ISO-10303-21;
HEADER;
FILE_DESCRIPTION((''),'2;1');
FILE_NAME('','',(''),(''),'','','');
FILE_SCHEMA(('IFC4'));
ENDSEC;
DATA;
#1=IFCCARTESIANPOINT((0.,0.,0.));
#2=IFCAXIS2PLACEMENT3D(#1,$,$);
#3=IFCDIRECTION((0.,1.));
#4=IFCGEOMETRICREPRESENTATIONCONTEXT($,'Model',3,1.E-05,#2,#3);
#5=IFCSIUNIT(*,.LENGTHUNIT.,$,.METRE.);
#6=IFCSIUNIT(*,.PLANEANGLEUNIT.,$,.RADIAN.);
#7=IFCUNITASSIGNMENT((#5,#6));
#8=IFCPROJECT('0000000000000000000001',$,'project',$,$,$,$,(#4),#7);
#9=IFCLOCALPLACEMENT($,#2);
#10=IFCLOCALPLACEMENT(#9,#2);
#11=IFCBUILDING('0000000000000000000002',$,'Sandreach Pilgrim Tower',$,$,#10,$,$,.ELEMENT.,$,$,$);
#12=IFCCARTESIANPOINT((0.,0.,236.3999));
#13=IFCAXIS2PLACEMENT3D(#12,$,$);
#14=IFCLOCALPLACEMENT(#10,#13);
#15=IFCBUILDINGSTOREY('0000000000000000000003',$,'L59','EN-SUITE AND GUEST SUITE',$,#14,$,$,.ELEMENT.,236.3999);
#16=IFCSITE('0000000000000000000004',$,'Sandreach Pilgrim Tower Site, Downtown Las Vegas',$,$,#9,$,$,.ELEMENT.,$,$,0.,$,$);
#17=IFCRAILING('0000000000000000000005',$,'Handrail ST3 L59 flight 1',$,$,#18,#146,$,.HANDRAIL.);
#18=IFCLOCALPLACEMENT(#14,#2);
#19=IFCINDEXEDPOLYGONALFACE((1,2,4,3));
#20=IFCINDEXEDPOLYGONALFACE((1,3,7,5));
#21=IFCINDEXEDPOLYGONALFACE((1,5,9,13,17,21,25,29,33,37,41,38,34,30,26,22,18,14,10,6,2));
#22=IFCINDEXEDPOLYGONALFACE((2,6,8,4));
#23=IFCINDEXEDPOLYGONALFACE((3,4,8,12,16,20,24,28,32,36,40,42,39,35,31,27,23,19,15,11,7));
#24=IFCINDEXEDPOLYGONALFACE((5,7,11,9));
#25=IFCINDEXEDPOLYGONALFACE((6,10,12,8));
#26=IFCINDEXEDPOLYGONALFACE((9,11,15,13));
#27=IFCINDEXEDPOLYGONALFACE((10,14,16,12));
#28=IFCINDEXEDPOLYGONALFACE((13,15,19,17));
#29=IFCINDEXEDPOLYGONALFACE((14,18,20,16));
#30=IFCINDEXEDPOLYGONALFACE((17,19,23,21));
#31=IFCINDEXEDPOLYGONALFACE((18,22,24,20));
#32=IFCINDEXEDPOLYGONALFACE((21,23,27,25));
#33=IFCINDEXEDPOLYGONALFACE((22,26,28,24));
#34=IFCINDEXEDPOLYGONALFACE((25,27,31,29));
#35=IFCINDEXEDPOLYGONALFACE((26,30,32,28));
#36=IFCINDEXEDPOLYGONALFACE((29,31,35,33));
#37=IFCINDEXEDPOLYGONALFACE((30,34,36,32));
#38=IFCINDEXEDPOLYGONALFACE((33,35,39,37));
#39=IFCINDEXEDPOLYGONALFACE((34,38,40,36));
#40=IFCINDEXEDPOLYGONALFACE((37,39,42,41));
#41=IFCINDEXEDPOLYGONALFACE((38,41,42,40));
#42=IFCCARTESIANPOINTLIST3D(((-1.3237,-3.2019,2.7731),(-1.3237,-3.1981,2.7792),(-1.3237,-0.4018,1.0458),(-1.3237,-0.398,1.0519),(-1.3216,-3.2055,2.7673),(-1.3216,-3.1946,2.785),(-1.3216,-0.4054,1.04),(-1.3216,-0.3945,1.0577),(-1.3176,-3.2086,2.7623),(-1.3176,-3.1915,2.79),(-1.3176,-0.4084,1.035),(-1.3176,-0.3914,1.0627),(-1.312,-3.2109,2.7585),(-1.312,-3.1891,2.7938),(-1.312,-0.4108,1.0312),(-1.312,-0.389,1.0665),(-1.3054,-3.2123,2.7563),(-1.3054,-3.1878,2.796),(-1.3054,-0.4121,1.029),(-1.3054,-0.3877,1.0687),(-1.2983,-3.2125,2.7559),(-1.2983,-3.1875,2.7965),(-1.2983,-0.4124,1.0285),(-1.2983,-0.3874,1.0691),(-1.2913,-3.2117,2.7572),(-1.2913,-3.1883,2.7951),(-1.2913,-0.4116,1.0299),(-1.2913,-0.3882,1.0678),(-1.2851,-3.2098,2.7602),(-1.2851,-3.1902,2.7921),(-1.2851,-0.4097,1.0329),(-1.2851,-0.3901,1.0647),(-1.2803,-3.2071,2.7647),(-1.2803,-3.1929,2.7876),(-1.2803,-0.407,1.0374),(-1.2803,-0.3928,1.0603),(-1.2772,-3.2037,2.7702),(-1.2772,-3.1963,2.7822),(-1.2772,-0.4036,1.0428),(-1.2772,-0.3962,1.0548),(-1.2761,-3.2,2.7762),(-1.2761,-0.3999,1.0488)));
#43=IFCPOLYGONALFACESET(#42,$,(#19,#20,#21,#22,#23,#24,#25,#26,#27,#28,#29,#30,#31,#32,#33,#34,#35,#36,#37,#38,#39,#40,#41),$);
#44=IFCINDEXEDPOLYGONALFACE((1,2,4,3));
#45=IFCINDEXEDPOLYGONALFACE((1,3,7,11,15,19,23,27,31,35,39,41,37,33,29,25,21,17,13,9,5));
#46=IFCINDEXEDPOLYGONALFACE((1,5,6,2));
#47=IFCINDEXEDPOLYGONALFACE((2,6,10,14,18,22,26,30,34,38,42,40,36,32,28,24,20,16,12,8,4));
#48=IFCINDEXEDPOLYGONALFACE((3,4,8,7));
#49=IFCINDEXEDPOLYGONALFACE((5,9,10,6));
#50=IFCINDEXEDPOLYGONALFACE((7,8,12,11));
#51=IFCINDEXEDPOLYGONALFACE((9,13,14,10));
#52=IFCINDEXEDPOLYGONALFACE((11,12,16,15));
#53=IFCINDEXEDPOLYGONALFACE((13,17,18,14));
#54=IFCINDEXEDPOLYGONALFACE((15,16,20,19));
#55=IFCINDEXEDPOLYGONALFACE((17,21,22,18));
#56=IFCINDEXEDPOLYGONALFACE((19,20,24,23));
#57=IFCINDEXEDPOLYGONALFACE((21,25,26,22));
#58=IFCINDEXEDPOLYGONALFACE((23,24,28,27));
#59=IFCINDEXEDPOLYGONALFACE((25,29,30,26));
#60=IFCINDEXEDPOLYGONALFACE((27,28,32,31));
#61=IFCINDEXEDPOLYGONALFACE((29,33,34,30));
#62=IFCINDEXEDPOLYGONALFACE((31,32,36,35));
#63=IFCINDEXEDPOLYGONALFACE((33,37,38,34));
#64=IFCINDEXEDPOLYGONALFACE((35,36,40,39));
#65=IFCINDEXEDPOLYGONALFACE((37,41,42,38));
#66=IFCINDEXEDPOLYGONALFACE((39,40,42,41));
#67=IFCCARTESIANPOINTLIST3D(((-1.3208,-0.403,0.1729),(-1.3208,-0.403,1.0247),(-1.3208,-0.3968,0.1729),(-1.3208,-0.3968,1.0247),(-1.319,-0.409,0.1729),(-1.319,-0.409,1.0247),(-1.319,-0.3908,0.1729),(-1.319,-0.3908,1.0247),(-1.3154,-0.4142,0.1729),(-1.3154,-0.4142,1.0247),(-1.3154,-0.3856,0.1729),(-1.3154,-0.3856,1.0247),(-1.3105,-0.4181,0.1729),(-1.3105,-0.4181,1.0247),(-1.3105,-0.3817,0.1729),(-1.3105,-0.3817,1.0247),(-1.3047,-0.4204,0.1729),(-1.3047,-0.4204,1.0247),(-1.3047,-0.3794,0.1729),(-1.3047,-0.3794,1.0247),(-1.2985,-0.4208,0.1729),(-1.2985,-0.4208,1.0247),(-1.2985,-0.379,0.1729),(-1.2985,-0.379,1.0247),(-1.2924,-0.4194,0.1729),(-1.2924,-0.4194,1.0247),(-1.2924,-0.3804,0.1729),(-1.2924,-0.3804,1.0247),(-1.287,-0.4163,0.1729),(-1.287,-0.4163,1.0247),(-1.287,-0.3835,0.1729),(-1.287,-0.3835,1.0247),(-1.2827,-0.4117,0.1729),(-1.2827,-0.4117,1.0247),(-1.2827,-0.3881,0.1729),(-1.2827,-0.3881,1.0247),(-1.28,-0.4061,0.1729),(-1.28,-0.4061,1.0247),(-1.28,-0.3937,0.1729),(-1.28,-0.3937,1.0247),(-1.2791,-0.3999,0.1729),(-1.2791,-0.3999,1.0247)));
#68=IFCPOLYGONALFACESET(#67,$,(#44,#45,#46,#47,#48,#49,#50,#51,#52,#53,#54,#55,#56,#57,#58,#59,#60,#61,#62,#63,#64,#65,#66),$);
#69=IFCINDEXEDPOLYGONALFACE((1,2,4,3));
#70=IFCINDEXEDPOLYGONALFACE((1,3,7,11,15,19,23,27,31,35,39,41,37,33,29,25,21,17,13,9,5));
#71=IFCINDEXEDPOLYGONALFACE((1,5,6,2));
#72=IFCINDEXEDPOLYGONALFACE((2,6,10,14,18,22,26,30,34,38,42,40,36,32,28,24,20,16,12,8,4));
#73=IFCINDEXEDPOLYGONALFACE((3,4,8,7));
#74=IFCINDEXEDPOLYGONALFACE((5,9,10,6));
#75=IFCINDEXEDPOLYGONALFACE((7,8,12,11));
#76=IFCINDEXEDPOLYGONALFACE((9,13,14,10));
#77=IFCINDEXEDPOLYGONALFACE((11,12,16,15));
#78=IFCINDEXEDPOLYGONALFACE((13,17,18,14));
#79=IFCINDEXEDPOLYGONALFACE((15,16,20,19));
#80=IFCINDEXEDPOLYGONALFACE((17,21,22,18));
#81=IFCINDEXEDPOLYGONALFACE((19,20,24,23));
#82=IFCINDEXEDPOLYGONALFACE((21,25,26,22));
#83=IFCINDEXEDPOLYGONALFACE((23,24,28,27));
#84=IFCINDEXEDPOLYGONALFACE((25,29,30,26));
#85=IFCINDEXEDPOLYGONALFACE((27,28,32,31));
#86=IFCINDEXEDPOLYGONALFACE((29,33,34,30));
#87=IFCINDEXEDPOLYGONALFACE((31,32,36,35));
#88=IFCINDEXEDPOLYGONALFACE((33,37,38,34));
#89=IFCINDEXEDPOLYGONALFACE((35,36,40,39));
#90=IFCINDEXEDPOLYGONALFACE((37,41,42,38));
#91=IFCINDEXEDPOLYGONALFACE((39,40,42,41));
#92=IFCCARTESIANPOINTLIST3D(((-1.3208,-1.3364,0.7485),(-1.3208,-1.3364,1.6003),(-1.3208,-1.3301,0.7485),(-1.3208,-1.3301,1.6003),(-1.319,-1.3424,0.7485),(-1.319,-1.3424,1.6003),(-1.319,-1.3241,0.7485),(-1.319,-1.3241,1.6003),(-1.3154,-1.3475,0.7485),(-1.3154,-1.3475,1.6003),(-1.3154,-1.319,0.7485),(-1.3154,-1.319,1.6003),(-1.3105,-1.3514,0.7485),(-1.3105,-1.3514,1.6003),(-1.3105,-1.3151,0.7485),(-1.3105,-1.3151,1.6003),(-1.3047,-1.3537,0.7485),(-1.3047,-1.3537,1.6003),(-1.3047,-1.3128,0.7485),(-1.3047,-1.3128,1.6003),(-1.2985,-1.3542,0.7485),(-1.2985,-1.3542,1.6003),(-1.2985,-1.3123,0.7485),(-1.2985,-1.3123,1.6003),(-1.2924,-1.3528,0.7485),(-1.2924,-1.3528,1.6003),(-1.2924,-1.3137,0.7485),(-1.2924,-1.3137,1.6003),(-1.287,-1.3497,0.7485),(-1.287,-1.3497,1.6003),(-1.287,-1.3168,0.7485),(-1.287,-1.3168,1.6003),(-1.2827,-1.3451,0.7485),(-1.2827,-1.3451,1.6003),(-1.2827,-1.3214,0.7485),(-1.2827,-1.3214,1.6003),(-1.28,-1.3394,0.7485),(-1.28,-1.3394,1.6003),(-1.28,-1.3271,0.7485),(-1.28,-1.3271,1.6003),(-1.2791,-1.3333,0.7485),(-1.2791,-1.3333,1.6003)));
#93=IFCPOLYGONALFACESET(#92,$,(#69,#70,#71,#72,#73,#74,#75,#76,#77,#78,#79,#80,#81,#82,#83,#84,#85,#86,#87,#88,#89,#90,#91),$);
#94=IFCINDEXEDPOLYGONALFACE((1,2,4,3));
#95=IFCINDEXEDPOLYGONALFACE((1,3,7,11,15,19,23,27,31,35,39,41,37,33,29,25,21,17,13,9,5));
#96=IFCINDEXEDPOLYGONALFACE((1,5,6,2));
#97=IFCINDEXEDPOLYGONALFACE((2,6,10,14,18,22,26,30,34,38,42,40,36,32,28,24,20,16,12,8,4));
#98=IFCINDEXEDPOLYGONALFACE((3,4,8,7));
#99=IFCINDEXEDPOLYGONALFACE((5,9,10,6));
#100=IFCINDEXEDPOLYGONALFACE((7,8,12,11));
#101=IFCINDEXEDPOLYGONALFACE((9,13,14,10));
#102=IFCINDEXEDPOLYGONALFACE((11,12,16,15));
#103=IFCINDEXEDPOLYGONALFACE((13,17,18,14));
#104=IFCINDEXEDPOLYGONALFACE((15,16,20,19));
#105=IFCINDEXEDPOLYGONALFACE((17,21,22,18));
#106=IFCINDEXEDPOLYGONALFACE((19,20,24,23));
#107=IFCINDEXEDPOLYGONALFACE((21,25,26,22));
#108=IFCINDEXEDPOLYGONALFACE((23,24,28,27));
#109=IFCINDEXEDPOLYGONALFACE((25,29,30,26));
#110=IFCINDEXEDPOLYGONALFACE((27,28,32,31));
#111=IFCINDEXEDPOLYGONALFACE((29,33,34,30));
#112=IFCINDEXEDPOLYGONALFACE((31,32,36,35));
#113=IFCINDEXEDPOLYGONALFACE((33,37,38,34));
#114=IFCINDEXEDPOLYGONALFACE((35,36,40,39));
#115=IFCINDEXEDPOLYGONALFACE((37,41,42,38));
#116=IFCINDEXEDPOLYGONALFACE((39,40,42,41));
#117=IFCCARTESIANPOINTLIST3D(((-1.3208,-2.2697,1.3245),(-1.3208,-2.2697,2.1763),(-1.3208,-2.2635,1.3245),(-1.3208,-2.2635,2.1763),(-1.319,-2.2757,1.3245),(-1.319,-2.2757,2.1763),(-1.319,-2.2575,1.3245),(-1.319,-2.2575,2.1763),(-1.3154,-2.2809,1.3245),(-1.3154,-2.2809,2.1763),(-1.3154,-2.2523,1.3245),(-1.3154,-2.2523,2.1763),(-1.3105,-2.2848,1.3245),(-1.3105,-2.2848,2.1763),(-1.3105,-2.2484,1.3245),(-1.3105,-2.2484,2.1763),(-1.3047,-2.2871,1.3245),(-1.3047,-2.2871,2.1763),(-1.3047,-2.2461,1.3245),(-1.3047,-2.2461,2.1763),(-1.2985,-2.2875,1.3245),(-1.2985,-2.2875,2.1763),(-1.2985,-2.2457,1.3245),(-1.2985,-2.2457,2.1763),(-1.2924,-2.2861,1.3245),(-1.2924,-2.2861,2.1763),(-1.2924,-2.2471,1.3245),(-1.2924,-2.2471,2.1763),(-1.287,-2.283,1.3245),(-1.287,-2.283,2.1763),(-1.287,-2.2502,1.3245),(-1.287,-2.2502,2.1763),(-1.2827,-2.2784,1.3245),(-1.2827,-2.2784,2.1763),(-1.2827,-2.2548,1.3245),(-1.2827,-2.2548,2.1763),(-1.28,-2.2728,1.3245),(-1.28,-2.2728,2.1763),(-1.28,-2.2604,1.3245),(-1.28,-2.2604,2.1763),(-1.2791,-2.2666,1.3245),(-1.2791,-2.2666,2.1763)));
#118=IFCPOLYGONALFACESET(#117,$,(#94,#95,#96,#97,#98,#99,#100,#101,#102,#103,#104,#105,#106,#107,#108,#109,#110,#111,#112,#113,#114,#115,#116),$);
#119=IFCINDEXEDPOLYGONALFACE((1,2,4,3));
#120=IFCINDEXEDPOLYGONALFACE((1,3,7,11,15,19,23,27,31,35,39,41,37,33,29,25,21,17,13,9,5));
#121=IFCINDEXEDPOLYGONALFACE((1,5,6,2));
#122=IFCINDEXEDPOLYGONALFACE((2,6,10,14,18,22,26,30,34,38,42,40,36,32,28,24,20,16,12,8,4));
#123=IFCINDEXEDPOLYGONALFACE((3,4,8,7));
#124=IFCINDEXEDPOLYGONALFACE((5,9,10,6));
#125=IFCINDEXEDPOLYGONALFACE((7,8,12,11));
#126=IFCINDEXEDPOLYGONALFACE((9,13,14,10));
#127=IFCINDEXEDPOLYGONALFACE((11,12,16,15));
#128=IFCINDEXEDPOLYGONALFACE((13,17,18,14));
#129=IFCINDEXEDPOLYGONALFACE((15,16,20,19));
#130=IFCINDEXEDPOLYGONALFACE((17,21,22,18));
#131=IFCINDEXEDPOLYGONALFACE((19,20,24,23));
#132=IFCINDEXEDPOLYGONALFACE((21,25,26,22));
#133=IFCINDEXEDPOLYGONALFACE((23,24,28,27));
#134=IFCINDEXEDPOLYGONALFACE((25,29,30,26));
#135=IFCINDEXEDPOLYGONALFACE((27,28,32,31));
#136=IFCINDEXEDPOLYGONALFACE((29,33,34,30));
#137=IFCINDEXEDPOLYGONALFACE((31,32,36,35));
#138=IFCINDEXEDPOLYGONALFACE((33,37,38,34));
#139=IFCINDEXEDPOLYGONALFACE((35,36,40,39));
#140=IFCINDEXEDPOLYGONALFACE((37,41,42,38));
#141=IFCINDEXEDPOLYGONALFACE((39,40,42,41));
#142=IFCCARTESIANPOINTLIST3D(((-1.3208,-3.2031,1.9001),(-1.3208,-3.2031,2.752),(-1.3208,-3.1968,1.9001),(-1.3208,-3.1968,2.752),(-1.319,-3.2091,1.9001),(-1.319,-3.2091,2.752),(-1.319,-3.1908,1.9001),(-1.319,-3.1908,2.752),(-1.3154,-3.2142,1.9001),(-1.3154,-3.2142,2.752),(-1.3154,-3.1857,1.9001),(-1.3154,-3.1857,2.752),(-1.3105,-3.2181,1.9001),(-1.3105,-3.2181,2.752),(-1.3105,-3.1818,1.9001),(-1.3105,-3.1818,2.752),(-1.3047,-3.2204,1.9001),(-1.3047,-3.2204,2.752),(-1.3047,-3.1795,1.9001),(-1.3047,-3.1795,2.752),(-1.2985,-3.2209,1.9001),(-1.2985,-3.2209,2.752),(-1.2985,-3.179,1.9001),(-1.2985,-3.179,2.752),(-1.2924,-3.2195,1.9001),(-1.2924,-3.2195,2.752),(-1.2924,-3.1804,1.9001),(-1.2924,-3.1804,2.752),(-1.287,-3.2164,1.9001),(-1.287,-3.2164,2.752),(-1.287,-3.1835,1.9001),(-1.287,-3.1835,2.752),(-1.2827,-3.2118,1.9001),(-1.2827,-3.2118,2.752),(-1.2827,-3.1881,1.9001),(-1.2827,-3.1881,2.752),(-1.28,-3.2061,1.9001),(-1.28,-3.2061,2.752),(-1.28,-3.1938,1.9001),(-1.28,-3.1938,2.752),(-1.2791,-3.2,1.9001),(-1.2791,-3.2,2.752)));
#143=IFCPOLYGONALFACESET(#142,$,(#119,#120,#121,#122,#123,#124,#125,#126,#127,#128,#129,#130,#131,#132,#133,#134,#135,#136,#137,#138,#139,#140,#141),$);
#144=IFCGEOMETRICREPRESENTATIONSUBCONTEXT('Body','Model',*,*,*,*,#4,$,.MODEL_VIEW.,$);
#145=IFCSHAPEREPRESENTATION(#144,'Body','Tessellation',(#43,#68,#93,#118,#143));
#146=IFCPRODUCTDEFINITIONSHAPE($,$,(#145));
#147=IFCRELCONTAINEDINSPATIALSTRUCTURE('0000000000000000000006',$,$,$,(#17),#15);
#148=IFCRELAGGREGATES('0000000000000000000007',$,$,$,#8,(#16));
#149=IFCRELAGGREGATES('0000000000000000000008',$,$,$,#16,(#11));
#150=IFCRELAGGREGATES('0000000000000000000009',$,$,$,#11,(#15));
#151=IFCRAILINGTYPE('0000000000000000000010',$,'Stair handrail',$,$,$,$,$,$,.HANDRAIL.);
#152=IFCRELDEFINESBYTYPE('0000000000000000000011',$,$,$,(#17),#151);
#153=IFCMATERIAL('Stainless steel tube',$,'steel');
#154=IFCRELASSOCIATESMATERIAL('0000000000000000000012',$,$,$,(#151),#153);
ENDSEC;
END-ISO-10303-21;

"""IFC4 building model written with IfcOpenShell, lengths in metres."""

from ifc_helpers import new_model, si_unit, direction, frame, origin, origin_2d, place, context, subcontext, project, spatial, circle, extrude, material, type_object, element, save


model = new_model("IFC4")

# Units and contexts
model_context = context("Model", 3, precision=1e-05, world=origin(), true_north=direction((0.0, 1.0)))
body_context = subcontext(model_context, "Body", "Model", "MODEL_VIEW")
ifc_project = project(units=[si_unit("LENGTHUNIT", "METRE"), si_unit("PLANEANGLEUNIT", "RADIAN")], contexts=[model_context])

# Site, building, storey
site_placement = place(None, origin())
site = spatial("IfcSite", under=ifc_project, at=site_placement, Name="Sandreach Pilgrim Tower Site, Downtown Las Vegas", CompositionType="ELEMENT", RefElevation=0.0)
building_placement = place(site_placement, origin())
building = spatial("IfcBuilding", under=site, at=building_placement, Name="Sandreach Pilgrim Tower", CompositionType="ELEMENT")
storey_placement = place(building_placement, frame((0.0, 0.0, 236.3999)))
storey = spatial("IfcBuildingStorey", under=building, at=storey_placement, Name="L59", Description="EN-SUITE AND GUEST SUITE", CompositionType="ELEMENT", Elevation=236.3999)

# Railing
ifc_material_1 = material(Name="Stainless steel tube", Category="steel")
railing_type = type_object("IfcRailingType", Name="Stair handrail", PredefinedType="HANDRAIL", material=ifc_material_1)
for number, where, name in (
    (1, (-1.3, -0.3999, 0.1729), "Handrail ST3 L59 flight 1"),
):
    element("IfcRailing", number, at=place(storey_placement, frame(where)), inside=storey, type_object=railing_type, Name=name, PredefinedType="HANDRAIL", context=body_context, shape_type="SweptSolid", body=[
        extrude(circle(Radius=0.0239, at=origin_2d()), frame((0.0, 0.0, 0.876), z_axis=(0.0, -0.85109, 0.52502), x_axis=(1.0, 0.0, 0.0)), (0.0, 0.0, 1.0), 3.29),
        extrude(circle(Radius=0.021, at=origin_2d()), origin(), (0.0, 0.0, 1.0), 0.8518),
        extrude(circle(Radius=0.021, at=origin_2d()), frame((0.0, -0.9333, 0.5757)), (0.0, 0.0, 1.0), 0.8518),
        extrude(circle(Radius=0.021, at=origin_2d()), frame((0.0, -1.8667, 1.1516)), (0.0, 0.0, 1.0), 0.8518),
        extrude(circle(Radius=0.021, at=origin_2d()), frame((0.0, -2.8, 1.7273)), (0.0, 0.0, 1.0), 0.8518),
    ])

save(model, "model.ifc")
